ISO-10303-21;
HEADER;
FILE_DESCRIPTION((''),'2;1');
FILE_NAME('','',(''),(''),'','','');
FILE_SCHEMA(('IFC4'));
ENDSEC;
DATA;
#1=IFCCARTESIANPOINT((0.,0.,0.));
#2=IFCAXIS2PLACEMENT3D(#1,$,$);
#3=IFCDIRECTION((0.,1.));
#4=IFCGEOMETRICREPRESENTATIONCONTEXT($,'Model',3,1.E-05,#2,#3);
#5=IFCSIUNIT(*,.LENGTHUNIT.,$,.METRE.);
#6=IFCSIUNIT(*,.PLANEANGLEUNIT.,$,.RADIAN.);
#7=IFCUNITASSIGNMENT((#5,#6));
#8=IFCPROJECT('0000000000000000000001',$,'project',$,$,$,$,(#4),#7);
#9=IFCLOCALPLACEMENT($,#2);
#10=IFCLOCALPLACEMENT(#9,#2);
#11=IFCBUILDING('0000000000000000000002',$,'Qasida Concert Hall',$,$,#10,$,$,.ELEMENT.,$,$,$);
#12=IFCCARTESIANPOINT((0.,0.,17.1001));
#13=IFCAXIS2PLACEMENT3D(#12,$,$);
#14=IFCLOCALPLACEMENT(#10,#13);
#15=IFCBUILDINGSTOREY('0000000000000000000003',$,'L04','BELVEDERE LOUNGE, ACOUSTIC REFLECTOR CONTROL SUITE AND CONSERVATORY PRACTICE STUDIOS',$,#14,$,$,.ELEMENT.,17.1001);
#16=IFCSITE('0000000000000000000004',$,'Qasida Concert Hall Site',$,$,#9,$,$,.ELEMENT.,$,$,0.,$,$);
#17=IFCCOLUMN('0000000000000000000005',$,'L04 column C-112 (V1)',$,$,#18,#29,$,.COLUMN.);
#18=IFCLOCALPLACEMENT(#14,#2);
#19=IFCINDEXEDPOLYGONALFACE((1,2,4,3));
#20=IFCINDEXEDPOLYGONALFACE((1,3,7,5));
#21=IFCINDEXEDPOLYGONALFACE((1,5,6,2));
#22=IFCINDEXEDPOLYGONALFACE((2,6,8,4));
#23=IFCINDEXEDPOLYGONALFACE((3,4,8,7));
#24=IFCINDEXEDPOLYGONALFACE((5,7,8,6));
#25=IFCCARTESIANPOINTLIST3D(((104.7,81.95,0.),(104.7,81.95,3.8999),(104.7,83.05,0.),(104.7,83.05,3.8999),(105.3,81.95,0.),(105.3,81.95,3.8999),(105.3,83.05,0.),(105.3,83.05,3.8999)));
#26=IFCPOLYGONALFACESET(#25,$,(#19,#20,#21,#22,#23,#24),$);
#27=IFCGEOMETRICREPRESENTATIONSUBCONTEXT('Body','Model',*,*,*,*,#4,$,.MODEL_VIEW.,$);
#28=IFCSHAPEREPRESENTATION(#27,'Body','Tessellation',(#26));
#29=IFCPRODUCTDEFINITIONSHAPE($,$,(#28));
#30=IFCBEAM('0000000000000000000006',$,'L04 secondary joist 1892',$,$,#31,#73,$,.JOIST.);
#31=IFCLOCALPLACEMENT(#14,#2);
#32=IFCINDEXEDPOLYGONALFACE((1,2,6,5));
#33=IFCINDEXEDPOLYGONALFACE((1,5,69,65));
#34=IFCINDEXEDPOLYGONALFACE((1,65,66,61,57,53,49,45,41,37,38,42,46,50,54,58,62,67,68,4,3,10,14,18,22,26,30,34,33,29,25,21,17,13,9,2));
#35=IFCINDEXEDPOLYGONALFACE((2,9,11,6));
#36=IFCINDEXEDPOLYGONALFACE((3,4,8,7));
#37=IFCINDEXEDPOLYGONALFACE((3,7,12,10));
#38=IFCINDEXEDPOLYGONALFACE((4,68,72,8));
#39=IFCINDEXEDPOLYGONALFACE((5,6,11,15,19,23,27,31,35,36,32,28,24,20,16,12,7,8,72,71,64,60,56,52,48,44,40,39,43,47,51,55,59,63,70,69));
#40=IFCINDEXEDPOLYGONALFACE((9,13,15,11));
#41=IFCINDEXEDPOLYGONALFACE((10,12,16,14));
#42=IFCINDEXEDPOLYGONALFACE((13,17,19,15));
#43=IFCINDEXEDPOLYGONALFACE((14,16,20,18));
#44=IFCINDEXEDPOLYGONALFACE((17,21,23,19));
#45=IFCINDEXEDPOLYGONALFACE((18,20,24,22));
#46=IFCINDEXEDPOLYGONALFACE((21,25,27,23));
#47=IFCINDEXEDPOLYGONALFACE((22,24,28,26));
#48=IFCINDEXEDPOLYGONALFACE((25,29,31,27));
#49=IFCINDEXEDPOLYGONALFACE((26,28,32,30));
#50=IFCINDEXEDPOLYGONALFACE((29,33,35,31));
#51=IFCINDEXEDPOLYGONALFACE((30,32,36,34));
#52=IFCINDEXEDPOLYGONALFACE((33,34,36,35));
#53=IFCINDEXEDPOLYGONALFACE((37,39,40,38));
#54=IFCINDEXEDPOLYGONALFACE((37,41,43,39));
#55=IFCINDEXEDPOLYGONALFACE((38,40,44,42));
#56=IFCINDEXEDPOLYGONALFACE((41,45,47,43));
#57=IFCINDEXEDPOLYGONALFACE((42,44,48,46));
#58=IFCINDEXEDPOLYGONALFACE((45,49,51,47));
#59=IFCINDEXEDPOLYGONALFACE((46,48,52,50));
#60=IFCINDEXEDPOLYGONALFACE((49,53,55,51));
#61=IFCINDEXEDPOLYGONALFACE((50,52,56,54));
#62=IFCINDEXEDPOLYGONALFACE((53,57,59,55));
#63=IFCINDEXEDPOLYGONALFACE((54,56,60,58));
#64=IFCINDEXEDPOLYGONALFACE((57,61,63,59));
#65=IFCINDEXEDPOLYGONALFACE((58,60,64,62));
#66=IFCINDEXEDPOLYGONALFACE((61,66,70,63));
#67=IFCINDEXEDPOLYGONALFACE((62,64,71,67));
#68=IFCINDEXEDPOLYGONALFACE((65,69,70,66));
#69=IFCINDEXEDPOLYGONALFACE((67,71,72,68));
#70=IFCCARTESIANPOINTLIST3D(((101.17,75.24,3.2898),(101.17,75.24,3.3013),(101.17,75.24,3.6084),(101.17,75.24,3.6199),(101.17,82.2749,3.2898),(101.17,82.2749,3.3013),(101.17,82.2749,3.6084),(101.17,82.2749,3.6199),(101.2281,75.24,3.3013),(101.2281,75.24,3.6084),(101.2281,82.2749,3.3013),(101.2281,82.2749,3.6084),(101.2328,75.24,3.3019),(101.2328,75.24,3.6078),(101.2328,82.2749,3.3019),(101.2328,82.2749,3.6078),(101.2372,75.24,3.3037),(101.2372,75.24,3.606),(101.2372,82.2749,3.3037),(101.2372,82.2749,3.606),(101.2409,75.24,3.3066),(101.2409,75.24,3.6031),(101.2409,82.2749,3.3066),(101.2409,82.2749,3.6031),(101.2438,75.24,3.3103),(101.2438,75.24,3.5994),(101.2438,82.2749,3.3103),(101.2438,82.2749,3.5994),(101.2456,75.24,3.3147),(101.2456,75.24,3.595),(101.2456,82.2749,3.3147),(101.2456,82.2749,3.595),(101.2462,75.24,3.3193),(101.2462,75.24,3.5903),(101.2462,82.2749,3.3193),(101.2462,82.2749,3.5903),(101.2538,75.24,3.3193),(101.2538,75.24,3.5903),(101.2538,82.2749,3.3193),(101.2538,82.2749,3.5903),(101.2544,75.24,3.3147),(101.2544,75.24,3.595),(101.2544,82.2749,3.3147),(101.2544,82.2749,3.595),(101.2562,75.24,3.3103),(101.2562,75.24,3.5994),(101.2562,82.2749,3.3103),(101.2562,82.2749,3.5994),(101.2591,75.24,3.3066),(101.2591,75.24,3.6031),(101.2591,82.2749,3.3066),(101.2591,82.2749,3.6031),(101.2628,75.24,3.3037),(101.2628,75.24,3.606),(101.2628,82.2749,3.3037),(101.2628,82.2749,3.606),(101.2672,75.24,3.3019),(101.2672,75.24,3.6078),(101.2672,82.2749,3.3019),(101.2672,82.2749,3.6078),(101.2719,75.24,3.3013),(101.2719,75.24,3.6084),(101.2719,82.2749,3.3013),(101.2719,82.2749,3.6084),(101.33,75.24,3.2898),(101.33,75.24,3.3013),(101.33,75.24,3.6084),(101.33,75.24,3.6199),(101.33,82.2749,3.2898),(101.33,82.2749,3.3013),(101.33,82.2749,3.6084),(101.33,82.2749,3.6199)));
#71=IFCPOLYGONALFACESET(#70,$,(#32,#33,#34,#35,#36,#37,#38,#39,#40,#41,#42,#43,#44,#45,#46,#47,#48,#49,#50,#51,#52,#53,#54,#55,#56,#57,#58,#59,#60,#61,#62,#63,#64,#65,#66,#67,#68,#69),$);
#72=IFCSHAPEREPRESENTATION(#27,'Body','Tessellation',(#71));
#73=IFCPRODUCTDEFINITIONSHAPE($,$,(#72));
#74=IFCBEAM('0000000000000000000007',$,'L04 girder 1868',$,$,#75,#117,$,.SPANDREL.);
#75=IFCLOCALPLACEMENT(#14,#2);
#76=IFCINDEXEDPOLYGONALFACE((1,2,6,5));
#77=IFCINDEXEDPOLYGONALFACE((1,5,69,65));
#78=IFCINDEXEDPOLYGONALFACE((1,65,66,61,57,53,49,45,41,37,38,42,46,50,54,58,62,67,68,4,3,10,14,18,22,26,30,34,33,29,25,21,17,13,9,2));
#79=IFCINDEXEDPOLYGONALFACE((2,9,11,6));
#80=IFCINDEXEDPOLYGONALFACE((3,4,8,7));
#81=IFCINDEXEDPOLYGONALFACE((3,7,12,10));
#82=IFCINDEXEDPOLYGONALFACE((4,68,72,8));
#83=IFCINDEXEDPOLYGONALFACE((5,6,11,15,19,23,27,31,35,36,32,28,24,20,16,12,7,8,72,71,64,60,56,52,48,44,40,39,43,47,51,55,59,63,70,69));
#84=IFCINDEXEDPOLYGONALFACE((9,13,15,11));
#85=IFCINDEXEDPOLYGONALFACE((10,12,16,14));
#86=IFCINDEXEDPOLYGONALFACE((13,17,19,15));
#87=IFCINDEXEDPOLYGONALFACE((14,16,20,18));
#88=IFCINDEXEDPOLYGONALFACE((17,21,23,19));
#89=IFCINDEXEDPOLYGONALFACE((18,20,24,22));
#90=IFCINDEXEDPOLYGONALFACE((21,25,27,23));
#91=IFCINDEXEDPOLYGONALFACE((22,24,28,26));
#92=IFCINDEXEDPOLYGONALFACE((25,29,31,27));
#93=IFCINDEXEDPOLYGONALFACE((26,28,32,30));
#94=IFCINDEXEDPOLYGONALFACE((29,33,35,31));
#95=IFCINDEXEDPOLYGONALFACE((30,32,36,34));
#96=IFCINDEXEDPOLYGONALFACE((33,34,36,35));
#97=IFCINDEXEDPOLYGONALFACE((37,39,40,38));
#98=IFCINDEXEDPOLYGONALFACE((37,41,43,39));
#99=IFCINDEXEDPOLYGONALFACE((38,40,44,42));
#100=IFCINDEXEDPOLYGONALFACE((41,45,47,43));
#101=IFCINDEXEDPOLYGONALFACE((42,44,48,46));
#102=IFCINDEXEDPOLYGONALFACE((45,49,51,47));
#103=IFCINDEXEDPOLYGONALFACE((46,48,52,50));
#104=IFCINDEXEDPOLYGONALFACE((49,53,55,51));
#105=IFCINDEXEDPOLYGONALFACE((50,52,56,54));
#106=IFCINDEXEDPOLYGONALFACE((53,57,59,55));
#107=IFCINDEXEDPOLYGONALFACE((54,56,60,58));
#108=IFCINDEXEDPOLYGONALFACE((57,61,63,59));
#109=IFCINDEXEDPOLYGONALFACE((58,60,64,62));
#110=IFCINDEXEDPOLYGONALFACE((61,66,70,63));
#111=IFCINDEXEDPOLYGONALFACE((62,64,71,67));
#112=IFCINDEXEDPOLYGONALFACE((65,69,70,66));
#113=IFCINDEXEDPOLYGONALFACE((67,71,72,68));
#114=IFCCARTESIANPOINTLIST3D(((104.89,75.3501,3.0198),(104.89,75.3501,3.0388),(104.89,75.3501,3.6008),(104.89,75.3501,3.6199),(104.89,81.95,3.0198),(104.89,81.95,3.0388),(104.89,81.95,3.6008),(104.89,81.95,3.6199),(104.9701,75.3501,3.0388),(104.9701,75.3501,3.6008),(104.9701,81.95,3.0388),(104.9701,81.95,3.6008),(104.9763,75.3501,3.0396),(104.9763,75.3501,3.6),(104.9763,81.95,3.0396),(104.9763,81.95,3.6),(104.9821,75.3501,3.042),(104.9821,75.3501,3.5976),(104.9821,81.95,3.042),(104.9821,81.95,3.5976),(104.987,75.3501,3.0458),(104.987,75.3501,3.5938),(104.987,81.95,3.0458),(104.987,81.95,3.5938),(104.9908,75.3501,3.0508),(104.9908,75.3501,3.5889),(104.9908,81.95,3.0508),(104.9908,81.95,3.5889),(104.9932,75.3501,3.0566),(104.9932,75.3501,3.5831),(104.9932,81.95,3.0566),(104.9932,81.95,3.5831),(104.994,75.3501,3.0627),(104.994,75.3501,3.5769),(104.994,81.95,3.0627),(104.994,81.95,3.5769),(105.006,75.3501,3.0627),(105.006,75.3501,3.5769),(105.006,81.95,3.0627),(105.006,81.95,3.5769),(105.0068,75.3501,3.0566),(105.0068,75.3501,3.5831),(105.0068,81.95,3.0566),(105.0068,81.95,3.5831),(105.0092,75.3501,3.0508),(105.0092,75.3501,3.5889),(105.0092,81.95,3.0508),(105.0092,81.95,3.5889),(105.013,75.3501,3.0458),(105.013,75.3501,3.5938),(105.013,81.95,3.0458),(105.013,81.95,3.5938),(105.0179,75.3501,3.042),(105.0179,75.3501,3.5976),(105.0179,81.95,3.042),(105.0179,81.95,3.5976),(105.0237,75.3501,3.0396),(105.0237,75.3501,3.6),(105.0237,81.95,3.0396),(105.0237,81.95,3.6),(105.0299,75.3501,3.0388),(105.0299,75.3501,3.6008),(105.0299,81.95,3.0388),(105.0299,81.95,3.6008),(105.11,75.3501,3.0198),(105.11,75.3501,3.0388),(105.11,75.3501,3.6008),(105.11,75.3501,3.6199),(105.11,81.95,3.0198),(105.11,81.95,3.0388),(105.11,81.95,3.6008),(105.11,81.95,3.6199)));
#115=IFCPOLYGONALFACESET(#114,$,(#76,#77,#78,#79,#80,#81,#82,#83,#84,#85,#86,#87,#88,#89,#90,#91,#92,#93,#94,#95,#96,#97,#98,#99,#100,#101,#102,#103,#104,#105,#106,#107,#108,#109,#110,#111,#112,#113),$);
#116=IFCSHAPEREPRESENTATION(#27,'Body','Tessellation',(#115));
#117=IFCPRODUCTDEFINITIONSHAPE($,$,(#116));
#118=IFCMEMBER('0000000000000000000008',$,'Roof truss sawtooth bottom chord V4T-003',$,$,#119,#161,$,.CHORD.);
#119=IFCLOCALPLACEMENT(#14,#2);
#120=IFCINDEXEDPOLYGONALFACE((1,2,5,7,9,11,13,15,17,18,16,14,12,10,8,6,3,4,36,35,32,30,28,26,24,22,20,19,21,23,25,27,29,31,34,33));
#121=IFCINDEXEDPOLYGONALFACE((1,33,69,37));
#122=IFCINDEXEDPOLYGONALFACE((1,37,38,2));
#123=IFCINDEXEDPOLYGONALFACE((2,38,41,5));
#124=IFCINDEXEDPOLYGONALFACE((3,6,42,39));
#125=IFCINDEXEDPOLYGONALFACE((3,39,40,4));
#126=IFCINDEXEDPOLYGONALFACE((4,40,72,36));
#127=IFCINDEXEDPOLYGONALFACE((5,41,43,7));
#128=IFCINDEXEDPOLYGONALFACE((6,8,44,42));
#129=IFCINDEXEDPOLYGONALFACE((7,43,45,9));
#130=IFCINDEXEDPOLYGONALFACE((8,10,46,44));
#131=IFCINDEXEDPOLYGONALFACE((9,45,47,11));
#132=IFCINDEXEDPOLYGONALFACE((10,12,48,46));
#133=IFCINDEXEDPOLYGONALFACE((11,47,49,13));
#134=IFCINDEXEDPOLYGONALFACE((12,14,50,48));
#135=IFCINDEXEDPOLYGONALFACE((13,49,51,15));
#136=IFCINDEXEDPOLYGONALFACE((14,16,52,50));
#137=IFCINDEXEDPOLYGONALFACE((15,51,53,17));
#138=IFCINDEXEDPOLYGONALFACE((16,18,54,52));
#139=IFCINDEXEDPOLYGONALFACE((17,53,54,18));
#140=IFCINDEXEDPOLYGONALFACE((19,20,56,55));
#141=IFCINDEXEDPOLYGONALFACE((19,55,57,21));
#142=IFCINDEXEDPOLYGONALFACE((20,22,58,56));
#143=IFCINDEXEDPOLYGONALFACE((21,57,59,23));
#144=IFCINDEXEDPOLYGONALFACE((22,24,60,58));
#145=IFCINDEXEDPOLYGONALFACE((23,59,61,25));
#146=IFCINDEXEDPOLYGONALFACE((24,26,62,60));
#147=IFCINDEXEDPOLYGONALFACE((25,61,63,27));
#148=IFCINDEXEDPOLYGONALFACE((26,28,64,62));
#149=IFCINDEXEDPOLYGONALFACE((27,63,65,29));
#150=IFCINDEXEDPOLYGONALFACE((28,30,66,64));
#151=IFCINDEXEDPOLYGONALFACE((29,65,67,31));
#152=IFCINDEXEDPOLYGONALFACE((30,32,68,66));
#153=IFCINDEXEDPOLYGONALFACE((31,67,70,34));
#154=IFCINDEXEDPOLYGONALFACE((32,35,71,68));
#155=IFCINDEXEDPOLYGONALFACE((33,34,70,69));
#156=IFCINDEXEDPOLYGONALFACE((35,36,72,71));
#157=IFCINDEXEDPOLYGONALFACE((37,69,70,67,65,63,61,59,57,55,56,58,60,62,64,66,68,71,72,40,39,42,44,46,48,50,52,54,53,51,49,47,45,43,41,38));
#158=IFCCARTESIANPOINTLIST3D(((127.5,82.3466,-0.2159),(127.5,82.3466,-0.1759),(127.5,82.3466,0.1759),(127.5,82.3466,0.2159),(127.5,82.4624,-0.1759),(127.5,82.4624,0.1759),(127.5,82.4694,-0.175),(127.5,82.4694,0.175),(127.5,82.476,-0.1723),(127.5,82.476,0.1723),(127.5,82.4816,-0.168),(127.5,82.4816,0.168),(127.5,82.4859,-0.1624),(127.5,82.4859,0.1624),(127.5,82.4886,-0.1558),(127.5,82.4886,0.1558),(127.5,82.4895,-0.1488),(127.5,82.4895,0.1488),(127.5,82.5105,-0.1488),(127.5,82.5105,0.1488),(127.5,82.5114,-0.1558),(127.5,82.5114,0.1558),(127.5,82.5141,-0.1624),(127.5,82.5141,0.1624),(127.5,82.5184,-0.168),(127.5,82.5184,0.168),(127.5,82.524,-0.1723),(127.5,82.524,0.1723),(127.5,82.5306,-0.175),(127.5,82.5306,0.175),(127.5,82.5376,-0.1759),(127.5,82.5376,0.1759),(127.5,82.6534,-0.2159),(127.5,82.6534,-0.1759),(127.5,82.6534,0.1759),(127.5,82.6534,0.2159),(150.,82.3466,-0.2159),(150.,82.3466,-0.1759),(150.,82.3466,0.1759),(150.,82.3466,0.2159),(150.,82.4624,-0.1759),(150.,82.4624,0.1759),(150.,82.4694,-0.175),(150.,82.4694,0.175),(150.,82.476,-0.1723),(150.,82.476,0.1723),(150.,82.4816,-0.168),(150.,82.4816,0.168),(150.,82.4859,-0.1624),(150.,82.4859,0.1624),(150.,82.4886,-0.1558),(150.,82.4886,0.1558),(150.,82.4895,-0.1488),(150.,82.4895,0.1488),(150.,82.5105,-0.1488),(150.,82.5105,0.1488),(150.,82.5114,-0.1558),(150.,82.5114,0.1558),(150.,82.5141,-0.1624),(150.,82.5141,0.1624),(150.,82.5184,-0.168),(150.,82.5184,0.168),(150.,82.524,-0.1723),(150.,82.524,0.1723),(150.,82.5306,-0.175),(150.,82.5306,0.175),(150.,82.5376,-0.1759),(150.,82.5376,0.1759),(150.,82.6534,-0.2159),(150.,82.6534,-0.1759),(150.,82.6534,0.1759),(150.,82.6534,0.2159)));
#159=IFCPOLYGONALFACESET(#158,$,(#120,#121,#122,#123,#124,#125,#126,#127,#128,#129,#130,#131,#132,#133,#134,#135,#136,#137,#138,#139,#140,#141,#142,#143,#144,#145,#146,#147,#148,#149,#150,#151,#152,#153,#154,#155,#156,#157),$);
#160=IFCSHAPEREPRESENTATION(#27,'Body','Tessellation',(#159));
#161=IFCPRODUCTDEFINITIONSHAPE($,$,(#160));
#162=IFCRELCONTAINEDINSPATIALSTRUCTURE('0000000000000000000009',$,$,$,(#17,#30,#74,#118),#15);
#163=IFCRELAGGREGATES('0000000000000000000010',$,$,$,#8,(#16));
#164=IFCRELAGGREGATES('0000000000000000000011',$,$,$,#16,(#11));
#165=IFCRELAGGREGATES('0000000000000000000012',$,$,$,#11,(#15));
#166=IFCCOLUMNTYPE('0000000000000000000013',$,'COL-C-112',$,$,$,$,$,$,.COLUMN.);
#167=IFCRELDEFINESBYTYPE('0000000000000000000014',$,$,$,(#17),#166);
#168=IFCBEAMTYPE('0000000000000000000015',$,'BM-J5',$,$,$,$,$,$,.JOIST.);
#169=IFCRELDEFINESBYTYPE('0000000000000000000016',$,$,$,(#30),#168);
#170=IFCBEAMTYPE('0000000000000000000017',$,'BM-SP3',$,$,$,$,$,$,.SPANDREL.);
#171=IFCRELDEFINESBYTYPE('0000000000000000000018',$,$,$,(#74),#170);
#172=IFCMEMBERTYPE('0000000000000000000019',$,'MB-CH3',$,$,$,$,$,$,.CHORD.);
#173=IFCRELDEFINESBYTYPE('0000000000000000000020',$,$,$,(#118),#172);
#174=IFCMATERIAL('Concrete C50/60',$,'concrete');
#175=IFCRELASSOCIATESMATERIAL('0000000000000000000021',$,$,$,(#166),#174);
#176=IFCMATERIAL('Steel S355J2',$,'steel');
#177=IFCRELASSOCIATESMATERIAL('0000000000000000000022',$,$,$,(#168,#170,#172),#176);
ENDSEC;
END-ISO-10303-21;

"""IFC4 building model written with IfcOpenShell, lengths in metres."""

from ifc_helpers import new_model, si_unit, direction, frame, origin, origin_2d, place, context, subcontext, project, spatial, rectangle, i_section, extrude, material, material_profile, profile_set, type_object, element, save


model = new_model("IFC4")

# Units and contexts
model_context = context("Model", 3, precision=1e-05, world=origin(), true_north=direction((0.0, 1.0)))
body_context = subcontext(model_context, "Body", "Model", "MODEL_VIEW")
ifc_project = project(units=[si_unit("LENGTHUNIT", "METRE"), si_unit("PLANEANGLEUNIT", "RADIAN")], contexts=[model_context])

# Site, building, storey
site_placement = place(None, origin())
site = spatial("IfcSite", under=ifc_project, at=site_placement, Name="Qasida Concert Hall Site", CompositionType="ELEMENT", RefElevation=0.0)
building_placement = place(site_placement, origin())
building = spatial("IfcBuilding", under=site, at=building_placement, Name="Qasida Concert Hall", CompositionType="ELEMENT")
storey_placement = place(building_placement, frame((0.0, 0.0, 17.1001)))
storey = spatial("IfcBuildingStorey", under=building, at=storey_placement, Name="L04", Description="BELVEDERE LOUNGE, ACOUSTIC REFLECTOR CONTROL SUITE AND CONSERVATORY PRACTICE STUDIOS", CompositionType="ELEMENT", Elevation=17.1001)

# Column
ifc_material_1 = material(Name="Concrete C50/60", Category="concrete")
ifc_material_profile_1 = material_profile(ifc_material_1, rectangle(XDim=0.6001, YDim=1.1001, at=origin_2d()), Name="RC 600x1100")
ifc_profile_set_1 = profile_set([ifc_material_profile_1], Name="Concrete C50/60")
column_type = type_object("IfcColumnType", Name="COL-C-112", PredefinedType="COLUMN", material=ifc_profile_set_1)
column_placement = place(storey_placement, frame((105.0, 82.5, 0.0), z_axis=(0.0, 0.0, 1.0), x_axis=(1.0, 0.0, 0.0)))
element("IfcColumn", 1, at=column_placement, inside=storey, type_object=column_type, Name="L04 column C-112 (V1)", PredefinedType="COLUMN", context=body_context, shape_type="SweptSolid", body=[
    extrude(rectangle(XDim=0.6001, YDim=1.1001, at=origin_2d()), origin(), (0.0, 0.0, 1.0), 3.8999),
])

# Beams
ifc_material_2 = material(Name="Steel S355J2", Category="steel")
ifc_material_profile_2 = material_profile(ifc_material_2, i_section(OverallWidth=0.1599, OverallDepth=0.3301, WebThickness=0.0076, FlangeThickness=0.0115, FilletRadius=0.0181, at=origin_2d()), Name="IPE 330")
ifc_profile_set_2 = profile_set([ifc_material_profile_2], Name="Steel S355J2")
beam_type_1 = type_object("IfcBeamType", Name="BM-J5", PredefinedType="JOIST", material=ifc_profile_set_2)
beam_1_placement = place(storey_placement, frame((101.25, 75.24, 3.4548), z_axis=(0.0, 1.0, 0.0), x_axis=(-1.0, 0.0, 0.0)))
element("IfcBeam", 2, at=beam_1_placement, inside=storey, type_object=beam_type_1, Name="L04 secondary joist 1892", PredefinedType="JOIST", context=body_context, shape_type="SweptSolid", body=[
    extrude(i_section(OverallWidth=0.1599, OverallDepth=0.3301, WebThickness=0.0076, FlangeThickness=0.0115, FilletRadius=0.0181, at=origin_2d()), origin(), (0.0, 0.0, 1.0), 7.0349),
])
ifc_material_profile_3 = material_profile(ifc_material_2, i_section(OverallWidth=0.22, OverallDepth=0.6001, WebThickness=0.012, FlangeThickness=0.019, FilletRadius=0.0239, at=origin_2d()), Name="IPE 600")
ifc_profile_set_3 = profile_set([ifc_material_profile_3], Name="Steel S355J2")
beam_type_2 = type_object("IfcBeamType", Name="BM-SP3", PredefinedType="SPANDREL", material=ifc_profile_set_3)
beam_2_placement = place(storey_placement, frame((105.0, 75.3501, 3.3198), z_axis=(0.0, 1.0, 0.0), x_axis=(-1.0, 0.0, 0.0)))
element("IfcBeam", 3, at=beam_2_placement, inside=storey, type_object=beam_type_2, Name="L04 girder 1868", PredefinedType="SPANDREL", context=body_context, shape_type="SweptSolid", body=[
    extrude(i_section(OverallWidth=0.22, OverallDepth=0.6001, WebThickness=0.012, FlangeThickness=0.019, FilletRadius=0.0239, at=origin_2d()), origin(), (0.0, 0.0, 1.0), 6.5999),
])

# Member
ifc_material_profile_4 = material_profile(ifc_material_2, i_section(OverallWidth=0.3069, OverallDepth=0.4319, WebThickness=0.021, FlangeThickness=0.04, FilletRadius=0.0271, at=origin_2d()), Name="HEM 400")
ifc_profile_set_4 = profile_set([ifc_material_profile_4], Name="Steel S355J2")
member_type_1 = type_object("IfcMemberType", Name="MB-CH3", PredefinedType="CHORD", material=ifc_profile_set_4)
for number, where, z_axis, x_axis, name in (
    (4, (127.5, 82.5, 0.0), (1.0, 0.0, 0.0), (0.0, 1.0, 0.0), "Roof truss sawtooth bottom chord V4T-003"),
):
    element("IfcMember", number, at=place(storey_placement, frame(where, z_axis=z_axis, x_axis=x_axis)), inside=storey, type_object=member_type_1, Name=name, PredefinedType="CHORD", context=body_context, shape_type="SweptSolid", body=[
        extrude(i_section(OverallWidth=0.3069, OverallDepth=0.4319, WebThickness=0.021, FlangeThickness=0.04, FilletRadius=0.0271, at=origin_2d()), origin(), (0.0, 0.0, 1.0), 22.5),
    ])

save(model, "model.ifc")
